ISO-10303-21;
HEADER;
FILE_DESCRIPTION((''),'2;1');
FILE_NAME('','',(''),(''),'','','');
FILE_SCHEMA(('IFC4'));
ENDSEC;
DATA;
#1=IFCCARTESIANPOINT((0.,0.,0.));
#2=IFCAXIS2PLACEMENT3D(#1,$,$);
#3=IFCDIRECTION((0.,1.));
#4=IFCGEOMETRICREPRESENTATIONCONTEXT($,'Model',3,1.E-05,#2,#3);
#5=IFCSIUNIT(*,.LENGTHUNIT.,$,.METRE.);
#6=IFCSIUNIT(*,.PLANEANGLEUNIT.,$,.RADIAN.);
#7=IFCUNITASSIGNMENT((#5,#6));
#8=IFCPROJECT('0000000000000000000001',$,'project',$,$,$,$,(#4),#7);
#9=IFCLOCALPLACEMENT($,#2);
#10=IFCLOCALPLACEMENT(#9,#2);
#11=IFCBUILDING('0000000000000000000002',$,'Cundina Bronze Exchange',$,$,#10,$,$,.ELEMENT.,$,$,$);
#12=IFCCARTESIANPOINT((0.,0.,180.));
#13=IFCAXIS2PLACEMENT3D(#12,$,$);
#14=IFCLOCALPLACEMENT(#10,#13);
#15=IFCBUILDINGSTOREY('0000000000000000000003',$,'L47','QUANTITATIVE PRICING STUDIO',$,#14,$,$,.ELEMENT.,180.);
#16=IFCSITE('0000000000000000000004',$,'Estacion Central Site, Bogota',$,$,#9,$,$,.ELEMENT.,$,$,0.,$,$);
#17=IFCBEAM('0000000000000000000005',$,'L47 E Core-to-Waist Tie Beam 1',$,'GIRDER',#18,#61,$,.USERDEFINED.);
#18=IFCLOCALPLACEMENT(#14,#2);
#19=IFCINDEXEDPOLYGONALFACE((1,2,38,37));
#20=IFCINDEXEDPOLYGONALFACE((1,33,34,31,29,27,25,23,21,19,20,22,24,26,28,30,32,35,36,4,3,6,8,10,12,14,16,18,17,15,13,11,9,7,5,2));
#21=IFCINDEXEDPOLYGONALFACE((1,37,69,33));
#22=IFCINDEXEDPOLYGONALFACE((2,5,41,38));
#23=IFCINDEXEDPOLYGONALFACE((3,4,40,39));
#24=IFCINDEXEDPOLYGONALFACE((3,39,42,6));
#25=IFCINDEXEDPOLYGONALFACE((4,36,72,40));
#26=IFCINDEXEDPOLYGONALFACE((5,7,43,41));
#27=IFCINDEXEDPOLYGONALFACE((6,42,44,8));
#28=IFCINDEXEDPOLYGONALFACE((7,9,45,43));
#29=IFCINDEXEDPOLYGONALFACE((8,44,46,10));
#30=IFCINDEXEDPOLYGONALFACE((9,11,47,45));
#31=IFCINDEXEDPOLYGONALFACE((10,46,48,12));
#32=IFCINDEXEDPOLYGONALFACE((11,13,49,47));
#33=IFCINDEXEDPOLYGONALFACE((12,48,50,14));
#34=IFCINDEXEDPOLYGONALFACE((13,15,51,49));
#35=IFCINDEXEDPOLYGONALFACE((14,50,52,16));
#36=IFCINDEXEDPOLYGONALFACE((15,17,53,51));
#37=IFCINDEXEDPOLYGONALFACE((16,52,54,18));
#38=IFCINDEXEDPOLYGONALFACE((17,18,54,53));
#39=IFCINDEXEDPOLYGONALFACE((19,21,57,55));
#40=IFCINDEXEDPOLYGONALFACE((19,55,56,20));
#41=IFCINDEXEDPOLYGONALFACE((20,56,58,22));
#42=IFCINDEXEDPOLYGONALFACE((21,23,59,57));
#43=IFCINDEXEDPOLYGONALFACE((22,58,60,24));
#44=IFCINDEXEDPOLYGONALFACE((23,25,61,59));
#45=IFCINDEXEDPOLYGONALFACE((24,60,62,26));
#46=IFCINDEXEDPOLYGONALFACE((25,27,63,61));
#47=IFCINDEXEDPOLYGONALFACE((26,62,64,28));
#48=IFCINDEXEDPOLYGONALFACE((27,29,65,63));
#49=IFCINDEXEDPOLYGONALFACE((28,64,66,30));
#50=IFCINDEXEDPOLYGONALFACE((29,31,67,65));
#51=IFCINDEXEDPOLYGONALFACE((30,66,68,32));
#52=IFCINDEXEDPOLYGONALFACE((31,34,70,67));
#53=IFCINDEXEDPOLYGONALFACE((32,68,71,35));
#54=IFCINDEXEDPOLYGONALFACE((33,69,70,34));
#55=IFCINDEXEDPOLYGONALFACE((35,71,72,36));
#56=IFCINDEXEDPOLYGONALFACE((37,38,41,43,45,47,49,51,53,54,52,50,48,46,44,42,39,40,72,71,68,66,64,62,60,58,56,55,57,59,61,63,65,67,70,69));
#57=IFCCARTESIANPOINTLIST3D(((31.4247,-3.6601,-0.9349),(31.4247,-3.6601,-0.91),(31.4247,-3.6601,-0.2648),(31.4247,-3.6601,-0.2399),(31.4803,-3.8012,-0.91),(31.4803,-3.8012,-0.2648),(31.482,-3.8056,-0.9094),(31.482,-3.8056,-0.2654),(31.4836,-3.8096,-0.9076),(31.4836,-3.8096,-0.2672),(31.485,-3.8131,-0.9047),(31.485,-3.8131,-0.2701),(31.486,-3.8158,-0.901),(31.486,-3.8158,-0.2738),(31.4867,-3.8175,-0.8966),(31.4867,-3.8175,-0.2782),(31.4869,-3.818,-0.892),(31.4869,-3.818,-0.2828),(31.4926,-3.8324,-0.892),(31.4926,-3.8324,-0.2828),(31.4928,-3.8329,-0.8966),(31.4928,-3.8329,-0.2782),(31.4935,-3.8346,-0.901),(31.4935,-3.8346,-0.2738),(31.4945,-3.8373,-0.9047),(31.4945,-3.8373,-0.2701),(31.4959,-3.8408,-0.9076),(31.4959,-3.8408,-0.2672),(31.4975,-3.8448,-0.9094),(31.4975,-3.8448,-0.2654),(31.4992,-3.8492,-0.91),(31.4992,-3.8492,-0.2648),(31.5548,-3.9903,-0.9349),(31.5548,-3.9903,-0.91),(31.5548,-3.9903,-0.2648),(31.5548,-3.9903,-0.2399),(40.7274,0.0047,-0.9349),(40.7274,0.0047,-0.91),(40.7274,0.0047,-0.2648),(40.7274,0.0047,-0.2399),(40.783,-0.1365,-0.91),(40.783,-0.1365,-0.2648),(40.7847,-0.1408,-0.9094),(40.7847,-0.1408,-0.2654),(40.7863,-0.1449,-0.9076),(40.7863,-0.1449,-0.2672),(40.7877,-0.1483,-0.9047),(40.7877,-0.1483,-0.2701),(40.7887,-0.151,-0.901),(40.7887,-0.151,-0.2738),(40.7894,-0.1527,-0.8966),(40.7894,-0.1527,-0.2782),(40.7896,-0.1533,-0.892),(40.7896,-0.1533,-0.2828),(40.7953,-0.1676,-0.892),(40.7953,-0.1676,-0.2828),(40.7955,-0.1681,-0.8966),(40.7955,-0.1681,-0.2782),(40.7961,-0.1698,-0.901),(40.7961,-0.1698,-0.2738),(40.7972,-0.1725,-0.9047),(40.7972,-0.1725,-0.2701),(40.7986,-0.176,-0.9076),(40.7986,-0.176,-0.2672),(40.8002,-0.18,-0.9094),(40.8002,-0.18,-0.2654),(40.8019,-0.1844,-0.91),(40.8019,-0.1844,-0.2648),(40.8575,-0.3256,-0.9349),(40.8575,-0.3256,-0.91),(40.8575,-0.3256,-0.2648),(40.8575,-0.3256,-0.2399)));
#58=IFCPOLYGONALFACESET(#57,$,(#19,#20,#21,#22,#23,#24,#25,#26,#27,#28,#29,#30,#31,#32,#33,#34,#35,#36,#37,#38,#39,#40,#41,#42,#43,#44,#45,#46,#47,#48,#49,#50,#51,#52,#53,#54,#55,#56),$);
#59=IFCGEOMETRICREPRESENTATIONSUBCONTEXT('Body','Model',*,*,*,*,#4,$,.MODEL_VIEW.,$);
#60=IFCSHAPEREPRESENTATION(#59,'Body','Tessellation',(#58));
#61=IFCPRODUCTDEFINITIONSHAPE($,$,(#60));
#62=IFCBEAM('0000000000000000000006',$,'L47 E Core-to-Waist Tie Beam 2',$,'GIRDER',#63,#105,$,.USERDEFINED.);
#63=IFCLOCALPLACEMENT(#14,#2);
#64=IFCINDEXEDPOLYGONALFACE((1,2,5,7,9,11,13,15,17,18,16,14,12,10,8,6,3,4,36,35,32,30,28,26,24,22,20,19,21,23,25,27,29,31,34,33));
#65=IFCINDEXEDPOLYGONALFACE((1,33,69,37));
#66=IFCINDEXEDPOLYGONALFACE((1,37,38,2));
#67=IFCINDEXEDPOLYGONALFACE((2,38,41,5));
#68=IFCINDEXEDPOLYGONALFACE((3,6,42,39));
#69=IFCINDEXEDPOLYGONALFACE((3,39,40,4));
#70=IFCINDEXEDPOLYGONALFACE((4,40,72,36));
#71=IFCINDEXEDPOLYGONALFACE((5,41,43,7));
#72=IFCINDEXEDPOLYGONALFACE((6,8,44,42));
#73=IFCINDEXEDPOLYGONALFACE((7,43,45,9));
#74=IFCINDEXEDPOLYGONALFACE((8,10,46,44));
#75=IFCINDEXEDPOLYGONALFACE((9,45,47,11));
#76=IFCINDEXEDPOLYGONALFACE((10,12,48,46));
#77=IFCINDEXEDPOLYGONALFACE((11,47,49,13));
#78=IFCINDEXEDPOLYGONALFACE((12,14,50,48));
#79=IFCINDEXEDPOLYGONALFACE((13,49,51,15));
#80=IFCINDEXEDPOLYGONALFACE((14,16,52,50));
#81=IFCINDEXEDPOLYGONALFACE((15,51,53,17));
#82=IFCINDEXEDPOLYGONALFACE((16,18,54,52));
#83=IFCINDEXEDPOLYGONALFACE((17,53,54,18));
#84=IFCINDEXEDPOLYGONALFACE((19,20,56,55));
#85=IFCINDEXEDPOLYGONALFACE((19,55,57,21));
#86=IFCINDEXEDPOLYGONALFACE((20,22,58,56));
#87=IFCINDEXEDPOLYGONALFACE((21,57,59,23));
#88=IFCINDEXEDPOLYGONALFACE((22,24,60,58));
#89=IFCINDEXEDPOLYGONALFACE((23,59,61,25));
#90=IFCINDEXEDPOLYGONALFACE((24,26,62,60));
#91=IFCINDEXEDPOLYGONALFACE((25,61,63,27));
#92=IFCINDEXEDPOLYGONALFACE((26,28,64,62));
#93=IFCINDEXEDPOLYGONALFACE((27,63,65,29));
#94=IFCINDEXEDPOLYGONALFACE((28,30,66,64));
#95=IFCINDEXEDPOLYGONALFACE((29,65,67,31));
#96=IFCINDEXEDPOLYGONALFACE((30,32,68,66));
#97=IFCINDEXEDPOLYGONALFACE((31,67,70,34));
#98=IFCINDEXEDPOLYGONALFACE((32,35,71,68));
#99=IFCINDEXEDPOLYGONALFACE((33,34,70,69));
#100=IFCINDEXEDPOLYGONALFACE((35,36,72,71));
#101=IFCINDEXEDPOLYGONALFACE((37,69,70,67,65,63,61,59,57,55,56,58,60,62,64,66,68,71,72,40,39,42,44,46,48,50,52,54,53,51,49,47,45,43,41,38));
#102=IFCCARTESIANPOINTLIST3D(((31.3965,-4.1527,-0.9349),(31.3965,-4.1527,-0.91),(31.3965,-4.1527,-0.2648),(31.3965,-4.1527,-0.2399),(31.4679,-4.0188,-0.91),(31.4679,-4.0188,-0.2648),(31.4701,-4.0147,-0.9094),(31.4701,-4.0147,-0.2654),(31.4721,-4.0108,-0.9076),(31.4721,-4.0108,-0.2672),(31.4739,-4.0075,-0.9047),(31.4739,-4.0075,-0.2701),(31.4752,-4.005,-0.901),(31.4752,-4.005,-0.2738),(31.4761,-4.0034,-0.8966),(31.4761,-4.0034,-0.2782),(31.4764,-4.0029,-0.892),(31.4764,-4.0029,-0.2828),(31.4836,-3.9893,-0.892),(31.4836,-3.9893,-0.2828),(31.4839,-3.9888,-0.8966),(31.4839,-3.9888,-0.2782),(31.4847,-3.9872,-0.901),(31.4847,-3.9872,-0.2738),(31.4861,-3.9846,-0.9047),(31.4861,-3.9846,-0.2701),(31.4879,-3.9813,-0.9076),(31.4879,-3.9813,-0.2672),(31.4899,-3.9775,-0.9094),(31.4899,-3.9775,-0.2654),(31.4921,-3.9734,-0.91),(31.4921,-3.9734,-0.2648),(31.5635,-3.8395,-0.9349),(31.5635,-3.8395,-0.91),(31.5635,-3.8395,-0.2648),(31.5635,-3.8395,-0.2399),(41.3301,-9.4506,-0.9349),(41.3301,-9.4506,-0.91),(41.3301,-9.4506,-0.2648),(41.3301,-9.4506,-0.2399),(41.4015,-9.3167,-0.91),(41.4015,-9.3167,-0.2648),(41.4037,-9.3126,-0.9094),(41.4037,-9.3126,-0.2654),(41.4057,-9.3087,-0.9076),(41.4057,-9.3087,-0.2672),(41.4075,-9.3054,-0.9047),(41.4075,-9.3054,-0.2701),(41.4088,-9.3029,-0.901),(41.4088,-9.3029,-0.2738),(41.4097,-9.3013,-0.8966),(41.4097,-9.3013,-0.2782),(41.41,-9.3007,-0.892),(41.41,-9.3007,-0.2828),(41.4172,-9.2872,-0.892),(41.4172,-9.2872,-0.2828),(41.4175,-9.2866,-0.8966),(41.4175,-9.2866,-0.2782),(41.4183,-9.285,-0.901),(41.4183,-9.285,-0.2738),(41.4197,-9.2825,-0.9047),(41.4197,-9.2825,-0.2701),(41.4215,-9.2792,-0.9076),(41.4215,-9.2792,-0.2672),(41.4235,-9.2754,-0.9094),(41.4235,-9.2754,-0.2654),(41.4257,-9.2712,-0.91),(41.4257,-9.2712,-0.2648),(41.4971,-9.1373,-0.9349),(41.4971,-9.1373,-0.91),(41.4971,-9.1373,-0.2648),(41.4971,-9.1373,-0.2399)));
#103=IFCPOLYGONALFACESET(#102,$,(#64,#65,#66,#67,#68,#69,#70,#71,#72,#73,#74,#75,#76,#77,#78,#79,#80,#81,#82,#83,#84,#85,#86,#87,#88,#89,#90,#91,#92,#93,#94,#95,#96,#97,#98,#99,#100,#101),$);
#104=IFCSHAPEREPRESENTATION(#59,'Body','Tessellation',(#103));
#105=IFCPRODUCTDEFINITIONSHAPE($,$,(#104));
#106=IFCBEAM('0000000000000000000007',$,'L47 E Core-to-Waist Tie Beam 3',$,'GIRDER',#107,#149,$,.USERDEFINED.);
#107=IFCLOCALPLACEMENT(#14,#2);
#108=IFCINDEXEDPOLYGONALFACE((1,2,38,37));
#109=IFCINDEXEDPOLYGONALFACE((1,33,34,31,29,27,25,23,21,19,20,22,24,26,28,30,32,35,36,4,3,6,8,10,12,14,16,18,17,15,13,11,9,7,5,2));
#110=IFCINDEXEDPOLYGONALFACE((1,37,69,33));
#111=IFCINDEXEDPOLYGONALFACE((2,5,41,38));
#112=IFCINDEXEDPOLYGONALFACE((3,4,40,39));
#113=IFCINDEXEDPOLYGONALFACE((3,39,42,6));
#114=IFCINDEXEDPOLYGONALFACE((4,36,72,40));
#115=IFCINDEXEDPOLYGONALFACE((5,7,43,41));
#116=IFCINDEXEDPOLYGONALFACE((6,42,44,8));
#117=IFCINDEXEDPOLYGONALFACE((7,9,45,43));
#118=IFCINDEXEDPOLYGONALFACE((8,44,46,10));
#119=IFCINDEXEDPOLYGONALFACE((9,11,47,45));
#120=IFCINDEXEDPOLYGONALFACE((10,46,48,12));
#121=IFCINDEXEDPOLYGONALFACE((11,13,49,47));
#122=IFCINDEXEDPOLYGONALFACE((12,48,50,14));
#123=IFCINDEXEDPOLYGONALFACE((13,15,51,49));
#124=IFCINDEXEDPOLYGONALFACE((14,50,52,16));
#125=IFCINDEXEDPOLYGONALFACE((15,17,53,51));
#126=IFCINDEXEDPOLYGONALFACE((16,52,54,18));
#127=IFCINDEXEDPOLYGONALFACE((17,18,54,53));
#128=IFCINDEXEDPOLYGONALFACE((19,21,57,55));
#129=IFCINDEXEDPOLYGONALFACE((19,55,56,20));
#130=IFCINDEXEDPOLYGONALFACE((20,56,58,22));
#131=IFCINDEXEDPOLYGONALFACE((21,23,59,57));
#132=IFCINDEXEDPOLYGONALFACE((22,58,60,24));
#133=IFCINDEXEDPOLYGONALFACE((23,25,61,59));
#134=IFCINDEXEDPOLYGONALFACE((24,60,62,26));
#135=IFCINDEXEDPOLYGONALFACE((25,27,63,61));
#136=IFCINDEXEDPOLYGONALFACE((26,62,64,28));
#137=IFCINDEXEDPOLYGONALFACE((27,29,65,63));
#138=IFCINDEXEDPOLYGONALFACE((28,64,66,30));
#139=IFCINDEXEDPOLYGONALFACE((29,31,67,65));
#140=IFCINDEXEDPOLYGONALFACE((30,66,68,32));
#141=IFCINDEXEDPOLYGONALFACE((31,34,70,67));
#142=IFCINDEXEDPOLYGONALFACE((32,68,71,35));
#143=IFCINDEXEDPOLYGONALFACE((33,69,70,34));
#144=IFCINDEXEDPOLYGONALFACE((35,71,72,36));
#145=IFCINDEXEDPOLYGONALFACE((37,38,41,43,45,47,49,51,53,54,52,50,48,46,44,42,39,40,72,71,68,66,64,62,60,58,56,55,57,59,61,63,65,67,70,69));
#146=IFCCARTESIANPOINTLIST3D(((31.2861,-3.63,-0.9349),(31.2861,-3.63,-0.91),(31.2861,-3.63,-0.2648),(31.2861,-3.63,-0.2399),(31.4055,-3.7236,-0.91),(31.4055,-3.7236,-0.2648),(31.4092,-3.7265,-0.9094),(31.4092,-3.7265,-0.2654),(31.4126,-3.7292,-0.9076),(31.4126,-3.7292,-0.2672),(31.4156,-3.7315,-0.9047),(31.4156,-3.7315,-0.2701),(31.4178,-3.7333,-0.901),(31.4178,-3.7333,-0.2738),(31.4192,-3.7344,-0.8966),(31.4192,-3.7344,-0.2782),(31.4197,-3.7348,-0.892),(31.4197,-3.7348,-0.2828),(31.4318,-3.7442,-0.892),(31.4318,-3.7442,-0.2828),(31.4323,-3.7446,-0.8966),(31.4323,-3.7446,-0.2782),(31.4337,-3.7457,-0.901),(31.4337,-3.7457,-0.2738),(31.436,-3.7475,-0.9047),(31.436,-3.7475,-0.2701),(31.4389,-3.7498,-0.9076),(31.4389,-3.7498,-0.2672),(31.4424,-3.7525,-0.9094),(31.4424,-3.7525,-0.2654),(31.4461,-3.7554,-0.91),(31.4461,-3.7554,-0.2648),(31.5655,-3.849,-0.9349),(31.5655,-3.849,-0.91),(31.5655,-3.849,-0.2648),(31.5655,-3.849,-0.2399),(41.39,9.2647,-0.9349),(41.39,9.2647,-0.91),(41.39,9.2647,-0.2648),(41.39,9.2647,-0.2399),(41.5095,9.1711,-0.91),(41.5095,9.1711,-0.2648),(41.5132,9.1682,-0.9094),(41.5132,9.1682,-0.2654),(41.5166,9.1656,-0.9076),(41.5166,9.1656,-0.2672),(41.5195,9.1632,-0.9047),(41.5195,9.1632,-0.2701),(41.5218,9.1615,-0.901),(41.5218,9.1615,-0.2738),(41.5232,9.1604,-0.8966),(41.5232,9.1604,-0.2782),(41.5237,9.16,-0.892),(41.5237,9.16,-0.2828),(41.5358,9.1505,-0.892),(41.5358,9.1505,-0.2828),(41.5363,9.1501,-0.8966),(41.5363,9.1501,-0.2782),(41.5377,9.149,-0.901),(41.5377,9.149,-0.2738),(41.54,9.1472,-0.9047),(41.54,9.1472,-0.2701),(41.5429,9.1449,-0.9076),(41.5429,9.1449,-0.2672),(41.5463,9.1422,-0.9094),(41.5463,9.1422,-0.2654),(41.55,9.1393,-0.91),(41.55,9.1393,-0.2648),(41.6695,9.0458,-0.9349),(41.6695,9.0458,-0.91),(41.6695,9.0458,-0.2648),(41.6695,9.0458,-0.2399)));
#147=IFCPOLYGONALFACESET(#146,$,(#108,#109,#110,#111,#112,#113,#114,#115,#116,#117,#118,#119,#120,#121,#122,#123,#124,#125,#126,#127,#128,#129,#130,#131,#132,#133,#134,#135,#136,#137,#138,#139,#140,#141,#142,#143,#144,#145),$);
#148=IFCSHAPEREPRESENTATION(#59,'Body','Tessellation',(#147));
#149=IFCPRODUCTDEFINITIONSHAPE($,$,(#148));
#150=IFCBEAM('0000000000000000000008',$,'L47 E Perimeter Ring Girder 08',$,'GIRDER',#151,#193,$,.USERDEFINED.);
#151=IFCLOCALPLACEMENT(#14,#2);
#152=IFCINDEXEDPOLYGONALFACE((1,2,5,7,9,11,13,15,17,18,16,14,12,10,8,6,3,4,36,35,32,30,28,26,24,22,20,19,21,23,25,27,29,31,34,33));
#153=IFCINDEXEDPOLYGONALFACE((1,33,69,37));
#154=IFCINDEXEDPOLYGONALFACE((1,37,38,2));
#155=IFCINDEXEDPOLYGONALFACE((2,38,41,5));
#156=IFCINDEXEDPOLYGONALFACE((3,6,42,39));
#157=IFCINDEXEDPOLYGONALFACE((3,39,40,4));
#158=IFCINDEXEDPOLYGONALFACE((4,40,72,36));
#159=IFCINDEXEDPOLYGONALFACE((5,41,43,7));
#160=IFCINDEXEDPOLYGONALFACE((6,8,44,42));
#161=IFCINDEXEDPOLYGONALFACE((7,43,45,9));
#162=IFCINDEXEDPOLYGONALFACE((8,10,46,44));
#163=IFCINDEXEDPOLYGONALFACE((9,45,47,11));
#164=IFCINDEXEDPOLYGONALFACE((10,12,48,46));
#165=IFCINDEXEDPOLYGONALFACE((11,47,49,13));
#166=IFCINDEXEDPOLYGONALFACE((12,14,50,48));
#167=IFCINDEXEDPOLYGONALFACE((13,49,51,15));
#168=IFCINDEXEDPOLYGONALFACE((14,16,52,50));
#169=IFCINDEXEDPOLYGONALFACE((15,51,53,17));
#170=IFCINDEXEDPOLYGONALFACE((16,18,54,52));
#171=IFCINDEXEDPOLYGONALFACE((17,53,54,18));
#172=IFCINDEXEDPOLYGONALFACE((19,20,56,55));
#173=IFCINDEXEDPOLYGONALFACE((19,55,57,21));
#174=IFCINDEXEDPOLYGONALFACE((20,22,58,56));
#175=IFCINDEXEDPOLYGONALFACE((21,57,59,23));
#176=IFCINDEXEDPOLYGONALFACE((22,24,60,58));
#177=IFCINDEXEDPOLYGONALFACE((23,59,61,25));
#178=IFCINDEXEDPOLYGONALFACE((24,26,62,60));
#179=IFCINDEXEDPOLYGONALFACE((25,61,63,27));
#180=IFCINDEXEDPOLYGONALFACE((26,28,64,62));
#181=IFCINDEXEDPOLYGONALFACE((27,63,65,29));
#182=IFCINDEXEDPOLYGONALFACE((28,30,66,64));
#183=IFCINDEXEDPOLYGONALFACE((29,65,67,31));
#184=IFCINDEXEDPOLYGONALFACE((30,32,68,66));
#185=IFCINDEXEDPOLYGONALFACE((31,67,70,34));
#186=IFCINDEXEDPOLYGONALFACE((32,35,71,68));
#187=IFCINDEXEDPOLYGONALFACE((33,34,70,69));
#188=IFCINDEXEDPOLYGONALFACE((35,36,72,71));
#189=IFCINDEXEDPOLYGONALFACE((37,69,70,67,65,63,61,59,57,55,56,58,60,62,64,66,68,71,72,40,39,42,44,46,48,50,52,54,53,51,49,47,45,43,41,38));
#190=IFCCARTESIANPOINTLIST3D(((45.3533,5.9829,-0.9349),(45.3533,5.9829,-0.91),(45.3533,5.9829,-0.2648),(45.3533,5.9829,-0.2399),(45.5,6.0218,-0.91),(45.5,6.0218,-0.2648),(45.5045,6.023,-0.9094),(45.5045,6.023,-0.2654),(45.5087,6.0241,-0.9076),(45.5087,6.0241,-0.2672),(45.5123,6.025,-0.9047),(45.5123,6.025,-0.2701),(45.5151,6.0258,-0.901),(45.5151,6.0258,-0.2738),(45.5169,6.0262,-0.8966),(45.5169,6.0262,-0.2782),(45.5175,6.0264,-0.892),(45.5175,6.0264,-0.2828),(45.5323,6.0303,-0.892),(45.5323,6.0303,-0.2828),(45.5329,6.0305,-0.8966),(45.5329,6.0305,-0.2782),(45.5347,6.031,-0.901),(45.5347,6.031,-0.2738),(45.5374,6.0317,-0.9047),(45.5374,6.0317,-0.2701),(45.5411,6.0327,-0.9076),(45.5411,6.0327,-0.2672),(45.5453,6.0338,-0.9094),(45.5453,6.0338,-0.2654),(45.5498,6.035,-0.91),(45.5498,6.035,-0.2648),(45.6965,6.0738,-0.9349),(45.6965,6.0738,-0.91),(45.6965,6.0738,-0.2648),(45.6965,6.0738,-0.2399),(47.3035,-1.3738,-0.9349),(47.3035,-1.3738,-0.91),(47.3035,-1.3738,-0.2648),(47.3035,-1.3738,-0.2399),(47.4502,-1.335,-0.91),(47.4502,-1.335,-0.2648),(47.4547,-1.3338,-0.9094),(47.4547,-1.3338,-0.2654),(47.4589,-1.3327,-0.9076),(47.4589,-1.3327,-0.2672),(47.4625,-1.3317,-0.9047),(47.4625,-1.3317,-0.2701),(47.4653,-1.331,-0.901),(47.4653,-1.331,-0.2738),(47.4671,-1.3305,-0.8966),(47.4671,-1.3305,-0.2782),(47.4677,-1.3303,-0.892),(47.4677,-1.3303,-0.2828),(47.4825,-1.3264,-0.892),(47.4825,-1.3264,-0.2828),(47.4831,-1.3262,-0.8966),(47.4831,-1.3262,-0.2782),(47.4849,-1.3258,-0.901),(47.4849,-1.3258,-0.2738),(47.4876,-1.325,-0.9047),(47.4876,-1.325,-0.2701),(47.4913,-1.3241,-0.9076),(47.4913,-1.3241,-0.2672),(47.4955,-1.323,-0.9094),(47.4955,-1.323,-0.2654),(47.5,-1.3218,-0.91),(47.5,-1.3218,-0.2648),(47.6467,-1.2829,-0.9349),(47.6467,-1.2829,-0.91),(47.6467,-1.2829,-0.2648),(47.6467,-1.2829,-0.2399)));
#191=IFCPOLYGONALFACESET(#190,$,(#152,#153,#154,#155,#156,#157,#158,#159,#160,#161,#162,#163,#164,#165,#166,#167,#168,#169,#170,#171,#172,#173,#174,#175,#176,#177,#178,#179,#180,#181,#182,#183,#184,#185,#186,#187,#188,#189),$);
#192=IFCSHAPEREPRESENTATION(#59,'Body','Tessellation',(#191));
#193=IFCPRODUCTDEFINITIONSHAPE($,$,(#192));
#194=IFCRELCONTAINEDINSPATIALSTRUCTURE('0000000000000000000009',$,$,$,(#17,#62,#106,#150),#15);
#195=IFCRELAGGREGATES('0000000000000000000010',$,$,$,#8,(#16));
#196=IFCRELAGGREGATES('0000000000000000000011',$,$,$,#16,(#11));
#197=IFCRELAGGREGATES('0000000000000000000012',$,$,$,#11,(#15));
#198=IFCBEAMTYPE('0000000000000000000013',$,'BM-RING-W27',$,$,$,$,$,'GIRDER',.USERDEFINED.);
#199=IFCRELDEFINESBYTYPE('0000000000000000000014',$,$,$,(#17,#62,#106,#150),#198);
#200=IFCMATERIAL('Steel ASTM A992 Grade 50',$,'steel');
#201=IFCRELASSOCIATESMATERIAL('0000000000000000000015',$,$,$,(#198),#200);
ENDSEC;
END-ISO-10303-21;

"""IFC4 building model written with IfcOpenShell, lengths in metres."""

from ifc_helpers import new_model, si_unit, direction, frame, origin, origin_2d, place, context, subcontext, project, spatial, i_section, extrude, material, material_profile, profile_set, type_object, element, save


model = new_model("IFC4")

# Units and contexts
model_context = context("Model", 3, precision=1e-05, world=origin(), true_north=direction((0.0, 1.0)))
body_context = subcontext(model_context, "Body", "Model", "MODEL_VIEW")
ifc_project = project(units=[si_unit("LENGTHUNIT", "METRE"), si_unit("PLANEANGLEUNIT", "RADIAN")], contexts=[model_context])

# Site, building, storey
site_placement = place(None, origin())
site = spatial("IfcSite", under=ifc_project, at=site_placement, Name="Estacion Central Site, Bogota", CompositionType="ELEMENT", RefElevation=0.0)
building_placement = place(site_placement, origin())
building = spatial("IfcBuilding", under=site, at=building_placement, Name="Cundina Bronze Exchange", CompositionType="ELEMENT")
storey_placement = place(building_placement, frame((0.0, 0.0, 180.0)))
storey = spatial("IfcBuildingStorey", under=building, at=storey_placement, Name="L47", Description="QUANTITATIVE PRICING STUDIO", CompositionType="ELEMENT", Elevation=180.0)

# Shared definitions
ifc_material_1 = material(Name="Steel ASTM A992 Grade 50", Category="steel")

# Beams
ifc_material_profile_1 = material_profile(ifc_material_1, i_section(OverallWidth=0.355, OverallDepth=0.6951, WebThickness=0.0154, FlangeThickness=0.0249, FilletRadius=0.0181, at=origin_2d()), Name="W27X146", Category="steel")
ifc_profile_set_1 = profile_set([ifc_material_profile_1], Name="Steel ASTM A992 Grade 50")
beam_type_1 = type_object("IfcBeamType", Name="BM-RING-W27", ElementType="GIRDER", PredefinedType="USERDEFINED", material=ifc_profile_set_1)
beam_1_placement = place(storey_placement, frame((31.4897, -3.8252, -0.5874), z_axis=(0.930406, 0.366532, 0.0), x_axis=(-0.366532, 0.930406, 0.0)))
element("IfcBeam", 1, at=beam_1_placement, inside=storey, type_object=beam_type_1, Name="L47 E Core-to-Waist Tie Beam 1", ObjectType="GIRDER", PredefinedType="USERDEFINED", context=body_context, shape_type="SweptSolid", body=[
    extrude(i_section(OverallWidth=0.355, OverallDepth=0.6951, WebThickness=0.0154, FlangeThickness=0.0249, FilletRadius=0.0181, at=origin_2d()), origin(), (0.0, 0.0, 1.0), 9.9985),
])
beam_2_placement = place(storey_placement, frame((31.48, -3.9961, -0.5874), z_axis=(0.882355, -0.470584, 0.0), x_axis=(0.470584, 0.882355, 0.0)))
element("IfcBeam", 2, at=beam_2_placement, inside=storey, type_object=beam_type_1, Name="L47 E Core-to-Waist Tie Beam 2", ObjectType="GIRDER", PredefinedType="USERDEFINED", context=body_context, shape_type="SweptSolid", body=[
    extrude(i_section(OverallWidth=0.355, OverallDepth=0.6951, WebThickness=0.0154, FlangeThickness=0.0249, FilletRadius=0.0181, at=origin_2d()), origin(), (0.0, 0.0, 1.0), 11.2581),
])
beam_3_placement = place(storey_placement, frame((31.4258, -3.7395, -0.5874), z_axis=(0.616779, 0.787136, 0.0), x_axis=(-0.787136, 0.616779, 0.0)))
element("IfcBeam", 3, at=beam_3_placement, inside=storey, type_object=beam_type_1, Name="L47 E Core-to-Waist Tie Beam 3", ObjectType="GIRDER", PredefinedType="USERDEFINED", context=body_context, shape_type="SweptSolid", body=[
    extrude(i_section(OverallWidth=0.355, OverallDepth=0.6951, WebThickness=0.0154, FlangeThickness=0.0249, FilletRadius=0.0181, at=origin_2d()), origin(), (0.0, 0.0, 1.0), 16.3818),
])
for number, where, z_axis, x_axis, name in (
    (4, (47.4751, -1.3284, -0.5874), (-0.256241, 0.966613, 0.0), (-0.966613, -0.256241, 0.0), "L47 E Perimeter Ring Girder 08"),
):
    element("IfcBeam", number, at=place(storey_placement, frame(where, z_axis=z_axis, x_axis=x_axis)), inside=storey, type_object=beam_type_1, Name=name, ObjectType="GIRDER", PredefinedType="USERDEFINED", context=body_context, shape_type="SweptSolid", body=[
        extrude(i_section(OverallWidth=0.355, OverallDepth=0.6951, WebThickness=0.0154, FlangeThickness=0.0249, FilletRadius=0.0181, at=origin_2d()), origin(), (0.0, 0.0, 1.0), 7.6108),
    ])

save(model, "model.ifc")
